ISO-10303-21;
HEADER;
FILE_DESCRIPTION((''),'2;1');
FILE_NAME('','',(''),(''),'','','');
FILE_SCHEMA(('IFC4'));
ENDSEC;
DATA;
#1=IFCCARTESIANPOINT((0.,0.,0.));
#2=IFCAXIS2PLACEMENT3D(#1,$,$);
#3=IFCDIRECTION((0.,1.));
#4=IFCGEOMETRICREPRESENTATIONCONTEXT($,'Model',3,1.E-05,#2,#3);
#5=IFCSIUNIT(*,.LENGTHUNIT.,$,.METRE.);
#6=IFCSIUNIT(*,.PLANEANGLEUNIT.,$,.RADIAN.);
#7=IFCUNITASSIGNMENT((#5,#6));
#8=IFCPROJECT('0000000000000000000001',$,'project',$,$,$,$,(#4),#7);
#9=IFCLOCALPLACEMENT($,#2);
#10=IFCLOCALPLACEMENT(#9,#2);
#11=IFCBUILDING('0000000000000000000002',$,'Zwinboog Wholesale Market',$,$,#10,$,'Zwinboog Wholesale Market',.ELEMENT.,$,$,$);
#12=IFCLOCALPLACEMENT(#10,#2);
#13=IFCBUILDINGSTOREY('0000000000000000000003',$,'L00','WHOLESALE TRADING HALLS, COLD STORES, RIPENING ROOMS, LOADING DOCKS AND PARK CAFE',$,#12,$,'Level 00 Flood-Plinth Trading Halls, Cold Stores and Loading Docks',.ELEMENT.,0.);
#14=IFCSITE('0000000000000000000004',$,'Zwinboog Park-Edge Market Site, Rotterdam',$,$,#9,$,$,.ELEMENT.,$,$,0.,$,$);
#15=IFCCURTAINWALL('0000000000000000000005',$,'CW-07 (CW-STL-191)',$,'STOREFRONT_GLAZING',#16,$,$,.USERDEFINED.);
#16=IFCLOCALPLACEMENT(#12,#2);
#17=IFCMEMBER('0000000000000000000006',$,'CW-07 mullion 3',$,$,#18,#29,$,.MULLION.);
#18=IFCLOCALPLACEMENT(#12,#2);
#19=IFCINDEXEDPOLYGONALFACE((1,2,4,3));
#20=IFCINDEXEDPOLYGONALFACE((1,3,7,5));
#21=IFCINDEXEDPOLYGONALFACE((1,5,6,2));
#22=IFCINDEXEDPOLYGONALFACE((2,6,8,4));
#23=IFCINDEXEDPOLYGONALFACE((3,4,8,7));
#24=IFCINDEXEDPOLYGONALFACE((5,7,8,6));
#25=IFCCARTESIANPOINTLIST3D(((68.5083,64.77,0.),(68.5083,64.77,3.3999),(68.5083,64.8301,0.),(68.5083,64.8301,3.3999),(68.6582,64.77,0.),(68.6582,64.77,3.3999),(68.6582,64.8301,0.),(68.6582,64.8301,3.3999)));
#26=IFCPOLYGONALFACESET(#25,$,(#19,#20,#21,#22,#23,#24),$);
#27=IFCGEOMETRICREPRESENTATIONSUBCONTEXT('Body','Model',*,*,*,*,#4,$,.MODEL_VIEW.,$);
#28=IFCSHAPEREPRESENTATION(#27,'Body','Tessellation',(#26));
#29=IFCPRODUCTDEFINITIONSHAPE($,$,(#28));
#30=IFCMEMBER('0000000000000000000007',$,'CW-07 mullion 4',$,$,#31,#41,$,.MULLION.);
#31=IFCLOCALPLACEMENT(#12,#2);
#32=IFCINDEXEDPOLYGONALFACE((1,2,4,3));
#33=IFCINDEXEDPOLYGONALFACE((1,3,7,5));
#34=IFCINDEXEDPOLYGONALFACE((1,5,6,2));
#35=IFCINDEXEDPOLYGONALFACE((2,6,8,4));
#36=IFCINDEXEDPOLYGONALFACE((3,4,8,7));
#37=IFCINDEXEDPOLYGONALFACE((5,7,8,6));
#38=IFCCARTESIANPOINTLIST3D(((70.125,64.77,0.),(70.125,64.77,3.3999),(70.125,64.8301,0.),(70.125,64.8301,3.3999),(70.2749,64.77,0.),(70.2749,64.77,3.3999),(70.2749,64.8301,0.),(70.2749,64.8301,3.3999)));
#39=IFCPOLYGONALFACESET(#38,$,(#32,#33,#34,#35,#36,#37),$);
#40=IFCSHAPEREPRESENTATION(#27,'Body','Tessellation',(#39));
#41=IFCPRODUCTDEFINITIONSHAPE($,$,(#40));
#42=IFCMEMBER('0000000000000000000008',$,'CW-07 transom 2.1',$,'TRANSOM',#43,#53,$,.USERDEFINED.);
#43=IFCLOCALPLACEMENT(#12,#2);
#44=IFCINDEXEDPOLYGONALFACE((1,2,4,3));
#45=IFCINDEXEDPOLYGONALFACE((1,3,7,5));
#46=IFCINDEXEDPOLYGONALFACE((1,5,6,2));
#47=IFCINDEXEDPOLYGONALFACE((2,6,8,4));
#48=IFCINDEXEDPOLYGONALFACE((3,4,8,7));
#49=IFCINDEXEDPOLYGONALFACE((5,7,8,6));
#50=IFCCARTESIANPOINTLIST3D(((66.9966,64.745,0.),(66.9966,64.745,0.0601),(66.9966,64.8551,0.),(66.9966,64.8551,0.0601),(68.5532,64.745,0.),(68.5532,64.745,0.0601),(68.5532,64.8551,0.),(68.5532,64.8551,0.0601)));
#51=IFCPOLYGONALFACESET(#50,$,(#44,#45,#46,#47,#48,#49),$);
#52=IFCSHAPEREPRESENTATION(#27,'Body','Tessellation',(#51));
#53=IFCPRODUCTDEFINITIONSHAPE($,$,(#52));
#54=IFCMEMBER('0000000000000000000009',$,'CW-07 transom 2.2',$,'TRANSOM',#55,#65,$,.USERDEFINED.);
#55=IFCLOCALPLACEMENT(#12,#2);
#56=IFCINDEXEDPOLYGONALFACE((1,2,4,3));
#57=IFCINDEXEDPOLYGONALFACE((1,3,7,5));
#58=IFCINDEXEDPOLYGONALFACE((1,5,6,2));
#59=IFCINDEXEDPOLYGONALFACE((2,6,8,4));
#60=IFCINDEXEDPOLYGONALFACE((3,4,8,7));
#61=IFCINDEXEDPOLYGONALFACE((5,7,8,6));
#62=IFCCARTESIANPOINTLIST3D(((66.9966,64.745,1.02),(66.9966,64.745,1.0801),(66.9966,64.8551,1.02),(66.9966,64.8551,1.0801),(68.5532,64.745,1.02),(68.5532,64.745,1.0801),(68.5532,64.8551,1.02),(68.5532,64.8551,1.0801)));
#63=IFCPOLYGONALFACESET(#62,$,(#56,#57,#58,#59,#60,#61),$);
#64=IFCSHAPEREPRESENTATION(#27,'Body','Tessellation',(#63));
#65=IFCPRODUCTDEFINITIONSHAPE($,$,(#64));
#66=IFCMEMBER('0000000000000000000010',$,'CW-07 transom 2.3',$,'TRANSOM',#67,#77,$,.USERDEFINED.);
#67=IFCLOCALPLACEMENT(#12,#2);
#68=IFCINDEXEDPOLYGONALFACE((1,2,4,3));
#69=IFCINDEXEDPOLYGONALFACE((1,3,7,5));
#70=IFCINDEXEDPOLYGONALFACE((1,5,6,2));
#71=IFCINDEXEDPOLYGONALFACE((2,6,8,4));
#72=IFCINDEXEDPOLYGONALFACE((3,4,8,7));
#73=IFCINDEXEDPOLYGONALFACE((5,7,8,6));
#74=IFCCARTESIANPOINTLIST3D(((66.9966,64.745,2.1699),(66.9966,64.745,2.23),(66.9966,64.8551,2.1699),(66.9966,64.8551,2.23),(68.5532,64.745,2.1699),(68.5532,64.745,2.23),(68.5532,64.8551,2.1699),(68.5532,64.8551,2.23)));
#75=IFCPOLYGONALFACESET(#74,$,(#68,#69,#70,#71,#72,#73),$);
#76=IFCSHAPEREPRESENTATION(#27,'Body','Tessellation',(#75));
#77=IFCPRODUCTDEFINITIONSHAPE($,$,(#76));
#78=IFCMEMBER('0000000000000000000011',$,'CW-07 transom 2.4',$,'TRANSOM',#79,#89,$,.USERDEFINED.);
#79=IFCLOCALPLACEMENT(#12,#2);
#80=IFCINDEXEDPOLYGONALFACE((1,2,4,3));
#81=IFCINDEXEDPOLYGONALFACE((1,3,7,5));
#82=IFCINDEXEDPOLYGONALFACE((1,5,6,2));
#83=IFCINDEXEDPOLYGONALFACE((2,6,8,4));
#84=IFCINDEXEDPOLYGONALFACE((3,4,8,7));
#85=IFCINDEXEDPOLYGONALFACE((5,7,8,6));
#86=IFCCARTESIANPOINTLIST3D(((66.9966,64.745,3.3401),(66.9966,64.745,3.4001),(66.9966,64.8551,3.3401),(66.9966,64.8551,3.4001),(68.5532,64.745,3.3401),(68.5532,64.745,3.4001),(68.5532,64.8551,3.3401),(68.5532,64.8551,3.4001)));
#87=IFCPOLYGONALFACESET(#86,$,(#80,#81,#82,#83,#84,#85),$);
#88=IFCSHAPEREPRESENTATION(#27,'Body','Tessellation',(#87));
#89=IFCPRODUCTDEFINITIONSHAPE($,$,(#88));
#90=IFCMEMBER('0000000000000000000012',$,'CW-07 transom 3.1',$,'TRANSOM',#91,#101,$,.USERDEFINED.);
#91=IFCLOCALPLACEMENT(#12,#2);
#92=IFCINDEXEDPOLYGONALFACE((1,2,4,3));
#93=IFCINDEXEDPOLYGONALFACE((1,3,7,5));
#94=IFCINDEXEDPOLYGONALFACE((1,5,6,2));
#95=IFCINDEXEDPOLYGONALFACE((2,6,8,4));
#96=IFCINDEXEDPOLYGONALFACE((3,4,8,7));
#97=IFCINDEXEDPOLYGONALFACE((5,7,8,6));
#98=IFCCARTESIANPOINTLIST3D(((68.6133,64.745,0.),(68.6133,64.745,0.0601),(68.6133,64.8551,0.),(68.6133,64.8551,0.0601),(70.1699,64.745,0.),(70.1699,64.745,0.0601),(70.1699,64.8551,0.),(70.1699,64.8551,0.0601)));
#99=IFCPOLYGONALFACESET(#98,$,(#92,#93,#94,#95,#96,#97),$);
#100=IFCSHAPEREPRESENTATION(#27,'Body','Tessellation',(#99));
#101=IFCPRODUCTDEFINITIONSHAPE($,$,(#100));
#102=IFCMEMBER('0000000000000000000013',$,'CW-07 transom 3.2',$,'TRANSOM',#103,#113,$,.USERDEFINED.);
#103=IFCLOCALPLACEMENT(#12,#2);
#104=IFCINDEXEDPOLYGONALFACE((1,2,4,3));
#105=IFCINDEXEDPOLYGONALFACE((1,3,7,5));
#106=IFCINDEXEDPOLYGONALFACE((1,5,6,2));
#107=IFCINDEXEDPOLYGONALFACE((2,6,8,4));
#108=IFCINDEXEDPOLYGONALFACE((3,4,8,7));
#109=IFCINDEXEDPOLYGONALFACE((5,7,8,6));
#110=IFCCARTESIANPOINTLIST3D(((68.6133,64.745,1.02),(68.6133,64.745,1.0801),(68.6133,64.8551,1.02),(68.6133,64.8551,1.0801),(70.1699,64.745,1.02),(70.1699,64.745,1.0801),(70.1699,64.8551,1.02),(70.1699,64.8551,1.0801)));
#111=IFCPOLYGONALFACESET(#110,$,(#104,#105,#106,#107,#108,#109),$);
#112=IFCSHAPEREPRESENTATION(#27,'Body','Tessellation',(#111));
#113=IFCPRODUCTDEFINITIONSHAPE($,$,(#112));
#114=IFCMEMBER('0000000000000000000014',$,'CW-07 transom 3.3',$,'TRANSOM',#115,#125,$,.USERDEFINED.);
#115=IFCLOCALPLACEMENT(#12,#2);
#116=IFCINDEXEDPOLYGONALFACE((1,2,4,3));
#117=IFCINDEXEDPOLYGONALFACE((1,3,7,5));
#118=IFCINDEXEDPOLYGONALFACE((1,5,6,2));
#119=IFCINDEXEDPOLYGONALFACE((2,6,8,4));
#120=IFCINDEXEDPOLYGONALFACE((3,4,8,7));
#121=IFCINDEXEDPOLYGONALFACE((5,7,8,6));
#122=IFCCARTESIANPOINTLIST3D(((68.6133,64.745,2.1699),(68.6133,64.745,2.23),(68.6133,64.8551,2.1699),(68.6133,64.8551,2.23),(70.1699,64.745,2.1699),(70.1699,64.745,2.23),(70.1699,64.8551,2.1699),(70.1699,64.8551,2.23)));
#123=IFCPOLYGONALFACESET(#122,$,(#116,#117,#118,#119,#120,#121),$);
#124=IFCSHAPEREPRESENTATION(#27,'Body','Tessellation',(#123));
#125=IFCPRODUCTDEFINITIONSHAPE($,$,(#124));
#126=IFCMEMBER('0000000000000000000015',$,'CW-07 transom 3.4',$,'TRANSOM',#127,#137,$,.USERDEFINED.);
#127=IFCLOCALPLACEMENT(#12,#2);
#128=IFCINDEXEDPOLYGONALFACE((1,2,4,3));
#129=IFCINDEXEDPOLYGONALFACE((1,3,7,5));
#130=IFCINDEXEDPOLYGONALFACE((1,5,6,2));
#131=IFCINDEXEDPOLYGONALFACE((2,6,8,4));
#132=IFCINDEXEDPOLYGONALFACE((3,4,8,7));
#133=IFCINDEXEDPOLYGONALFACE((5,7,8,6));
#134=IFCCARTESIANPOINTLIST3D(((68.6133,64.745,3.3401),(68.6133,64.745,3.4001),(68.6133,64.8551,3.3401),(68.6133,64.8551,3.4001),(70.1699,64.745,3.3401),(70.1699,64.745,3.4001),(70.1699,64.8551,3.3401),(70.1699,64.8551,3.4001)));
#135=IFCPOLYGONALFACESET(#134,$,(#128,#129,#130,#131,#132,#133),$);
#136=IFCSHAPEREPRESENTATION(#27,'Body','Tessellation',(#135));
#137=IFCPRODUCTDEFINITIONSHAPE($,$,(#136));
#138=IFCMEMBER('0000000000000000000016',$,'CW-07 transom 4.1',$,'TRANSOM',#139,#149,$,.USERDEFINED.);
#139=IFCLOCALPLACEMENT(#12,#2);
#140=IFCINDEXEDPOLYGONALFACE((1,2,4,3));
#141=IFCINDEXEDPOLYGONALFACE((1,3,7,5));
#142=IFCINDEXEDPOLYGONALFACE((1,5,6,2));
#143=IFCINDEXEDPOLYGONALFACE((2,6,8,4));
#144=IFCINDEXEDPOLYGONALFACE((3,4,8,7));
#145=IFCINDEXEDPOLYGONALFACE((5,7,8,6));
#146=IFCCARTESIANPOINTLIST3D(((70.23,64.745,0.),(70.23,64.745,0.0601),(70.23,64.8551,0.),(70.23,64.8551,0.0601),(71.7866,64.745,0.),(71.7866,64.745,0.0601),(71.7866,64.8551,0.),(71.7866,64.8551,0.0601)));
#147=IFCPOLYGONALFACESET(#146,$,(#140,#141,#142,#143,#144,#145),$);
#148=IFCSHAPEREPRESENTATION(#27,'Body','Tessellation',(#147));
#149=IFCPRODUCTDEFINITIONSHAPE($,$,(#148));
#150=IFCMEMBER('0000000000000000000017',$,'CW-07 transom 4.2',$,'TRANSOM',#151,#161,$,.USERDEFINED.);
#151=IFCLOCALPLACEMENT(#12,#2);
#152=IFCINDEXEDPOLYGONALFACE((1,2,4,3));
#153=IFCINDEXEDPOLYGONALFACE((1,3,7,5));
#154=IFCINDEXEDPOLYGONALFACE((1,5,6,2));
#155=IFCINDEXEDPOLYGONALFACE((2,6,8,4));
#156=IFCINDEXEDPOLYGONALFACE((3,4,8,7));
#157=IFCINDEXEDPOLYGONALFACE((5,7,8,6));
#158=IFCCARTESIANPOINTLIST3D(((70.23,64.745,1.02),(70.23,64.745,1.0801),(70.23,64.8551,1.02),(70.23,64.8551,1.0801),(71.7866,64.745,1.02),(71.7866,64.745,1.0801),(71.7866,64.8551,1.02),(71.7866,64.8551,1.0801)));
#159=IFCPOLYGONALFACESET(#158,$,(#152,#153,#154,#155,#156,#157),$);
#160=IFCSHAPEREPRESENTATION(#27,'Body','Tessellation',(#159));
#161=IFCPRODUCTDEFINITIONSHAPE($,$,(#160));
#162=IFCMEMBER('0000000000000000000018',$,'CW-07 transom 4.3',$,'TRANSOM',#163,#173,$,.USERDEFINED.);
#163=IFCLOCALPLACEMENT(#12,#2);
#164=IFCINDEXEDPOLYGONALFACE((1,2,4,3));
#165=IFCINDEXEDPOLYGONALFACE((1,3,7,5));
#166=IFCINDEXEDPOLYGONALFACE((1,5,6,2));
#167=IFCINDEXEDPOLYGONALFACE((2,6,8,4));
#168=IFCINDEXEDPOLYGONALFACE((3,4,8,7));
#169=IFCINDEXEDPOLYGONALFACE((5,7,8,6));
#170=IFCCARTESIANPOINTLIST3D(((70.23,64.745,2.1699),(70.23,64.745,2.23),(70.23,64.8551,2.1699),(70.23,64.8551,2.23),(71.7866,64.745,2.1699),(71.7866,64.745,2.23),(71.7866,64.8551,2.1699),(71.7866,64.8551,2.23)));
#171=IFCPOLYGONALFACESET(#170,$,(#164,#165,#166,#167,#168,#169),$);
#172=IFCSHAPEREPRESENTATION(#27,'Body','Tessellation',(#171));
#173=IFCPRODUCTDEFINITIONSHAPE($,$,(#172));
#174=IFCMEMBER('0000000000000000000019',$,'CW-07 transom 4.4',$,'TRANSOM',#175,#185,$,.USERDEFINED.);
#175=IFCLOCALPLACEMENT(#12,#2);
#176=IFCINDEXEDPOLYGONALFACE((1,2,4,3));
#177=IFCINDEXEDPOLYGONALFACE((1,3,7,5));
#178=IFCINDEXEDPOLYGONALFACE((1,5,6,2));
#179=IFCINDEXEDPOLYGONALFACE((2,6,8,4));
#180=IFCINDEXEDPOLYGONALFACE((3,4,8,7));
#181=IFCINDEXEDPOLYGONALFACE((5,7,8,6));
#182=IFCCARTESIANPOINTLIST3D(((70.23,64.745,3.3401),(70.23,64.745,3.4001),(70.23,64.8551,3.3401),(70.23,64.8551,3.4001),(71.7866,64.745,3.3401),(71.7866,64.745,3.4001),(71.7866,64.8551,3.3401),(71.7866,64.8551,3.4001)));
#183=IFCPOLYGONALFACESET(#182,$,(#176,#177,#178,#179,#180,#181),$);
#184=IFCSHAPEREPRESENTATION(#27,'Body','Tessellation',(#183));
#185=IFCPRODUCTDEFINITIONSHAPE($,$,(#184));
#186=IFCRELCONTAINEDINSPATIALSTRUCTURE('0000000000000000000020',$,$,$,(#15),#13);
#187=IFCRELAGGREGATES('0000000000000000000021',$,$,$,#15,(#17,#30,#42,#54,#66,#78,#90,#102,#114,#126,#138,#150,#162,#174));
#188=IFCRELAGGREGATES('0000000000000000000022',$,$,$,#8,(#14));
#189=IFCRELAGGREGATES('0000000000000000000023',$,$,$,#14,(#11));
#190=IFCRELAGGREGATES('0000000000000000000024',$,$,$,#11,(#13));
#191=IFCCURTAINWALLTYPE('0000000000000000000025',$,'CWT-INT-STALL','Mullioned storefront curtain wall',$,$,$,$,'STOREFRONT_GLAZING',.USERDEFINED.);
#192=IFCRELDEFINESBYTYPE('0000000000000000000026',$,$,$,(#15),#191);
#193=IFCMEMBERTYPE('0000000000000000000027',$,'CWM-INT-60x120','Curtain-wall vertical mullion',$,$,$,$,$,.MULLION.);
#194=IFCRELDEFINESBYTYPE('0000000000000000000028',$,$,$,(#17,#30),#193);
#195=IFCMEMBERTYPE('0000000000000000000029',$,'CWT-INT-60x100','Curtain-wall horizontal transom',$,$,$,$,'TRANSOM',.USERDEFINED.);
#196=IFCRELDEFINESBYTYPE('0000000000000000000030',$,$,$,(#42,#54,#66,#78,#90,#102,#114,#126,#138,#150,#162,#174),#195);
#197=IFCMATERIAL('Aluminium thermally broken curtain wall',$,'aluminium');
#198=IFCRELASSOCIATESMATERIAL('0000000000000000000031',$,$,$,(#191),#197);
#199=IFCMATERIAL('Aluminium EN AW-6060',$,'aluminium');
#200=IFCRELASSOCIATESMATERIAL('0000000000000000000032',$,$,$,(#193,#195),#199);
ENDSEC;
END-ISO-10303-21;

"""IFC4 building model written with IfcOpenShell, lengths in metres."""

from ifc_helpers import new_model, si_unit, direction, frame, origin, origin_2d, place, context, subcontext, project, spatial, rectangle, extrude, material, material_profile, profile_set, type_object, element, aggregate, save


model = new_model("IFC4")

# Units and contexts
model_context = context("Model", 3, precision=1e-05, world=origin(), true_north=direction((0.0, 1.0)))
body_context = subcontext(model_context, "Body", "Model", "MODEL_VIEW")
ifc_project = project(units=[si_unit("LENGTHUNIT", "METRE"), si_unit("PLANEANGLEUNIT", "RADIAN")], contexts=[model_context])

# Site, building, storey
site_placement = place(None, origin())
site = spatial("IfcSite", under=ifc_project, at=site_placement, Name="Zwinboog Park-Edge Market Site, Rotterdam", CompositionType="ELEMENT", RefElevation=0.0)
building_placement = place(site_placement, origin())
building = spatial("IfcBuilding", under=site, at=building_placement, Name="Zwinboog Wholesale Market", LongName="Zwinboog Wholesale Market", CompositionType="ELEMENT")
storey_placement = place(building_placement, origin())
storey = spatial("IfcBuildingStorey", under=building, at=storey_placement, Name="L00", Description="WHOLESALE TRADING HALLS, COLD STORES, RIPENING ROOMS, LOADING DOCKS AND PARK CAFE", LongName="Level 00 Flood-Plinth Trading Halls, Cold Stores and Loading Docks", CompositionType="ELEMENT", Elevation=0.0)

# Curtain wall, members
ifc_material_1 = material(Name="Aluminium thermally broken curtain wall", Category="aluminium")
curtain_wall_type = type_object("IfcCurtainWallType", Name="CWT-INT-STALL", Description="Mullioned storefront curtain wall", ElementType="STOREFRONT_GLAZING", PredefinedType="USERDEFINED", material=ifc_material_1)
curtain_wall_placement = place(storey_placement, origin())
curtain_wall = element("IfcCurtainWall", 1, at=curtain_wall_placement, inside=storey, type_object=curtain_wall_type, Name="CW-07 (CW-STL-191)", ObjectType="STOREFRONT_GLAZING", PredefinedType="USERDEFINED")
ifc_material_2 = material(Name="Aluminium EN AW-6060", Category="aluminium")
ifc_material_profile_1 = material_profile(ifc_material_2, rectangle(XDim=0.0601, YDim=0.1499, at=origin_2d()), Name="AL 60x150")
ifc_profile_set_1 = profile_set([ifc_material_profile_1], Name="Aluminium EN AW-6060")
member_type_1 = type_object("IfcMemberType", Name="CWM-INT-60x120", Description="Curtain-wall vertical mullion", PredefinedType="MULLION", material=ifc_profile_set_1)
member_1_placement = place(storey_placement, frame((68.5833, 64.8, 0.0), z_axis=(0.0, 0.0, 1.0), x_axis=(0.0, 1.0, 0.0)))
member_1 = element("IfcMember", 2, at=member_1_placement, type_object=member_type_1, Name="CW-07 mullion 3", PredefinedType="MULLION", context=body_context, shape_type="SweptSolid", body=[
    extrude(rectangle(XDim=0.0601, YDim=0.1499, at=origin_2d()), origin(), (0.0, 0.0, 1.0), 3.3999),
])
member_2_placement = place(storey_placement, frame((70.2, 64.8, 0.0), z_axis=(0.0, 0.0, 1.0), x_axis=(0.0, 1.0, 0.0)))
member_2 = element("IfcMember", 3, at=member_2_placement, type_object=member_type_1, Name="CW-07 mullion 4", PredefinedType="MULLION", context=body_context, shape_type="SweptSolid", body=[
    extrude(rectangle(XDim=0.0601, YDim=0.1499, at=origin_2d()), origin(), (0.0, 0.0, 1.0), 3.3999),
])
ifc_material_profile_2 = material_profile(ifc_material_2, rectangle(XDim=0.1101, YDim=0.0601, at=origin_2d()), Name="AL 60x110")
ifc_profile_set_2 = profile_set([ifc_material_profile_2], Name="Aluminium EN AW-6060")
member_type_2 = type_object("IfcMemberType", Name="CWT-INT-60x100", Description="Curtain-wall horizontal transom", ElementType="TRANSOM", PredefinedType="USERDEFINED", material=ifc_profile_set_2)
member_3_placement = place(storey_placement, frame((66.9966, 64.8, 0.03), z_axis=(1.0, 0.0, 0.0), x_axis=(0.0, 1.0, 0.0)))
member_3 = element("IfcMember", 4, at=member_3_placement, type_object=member_type_2, Name="CW-07 transom 2.1", ObjectType="TRANSOM", PredefinedType="USERDEFINED", context=body_context, shape_type="SweptSolid", body=[
    extrude(rectangle(XDim=0.1101, YDim=0.0601, at=origin_2d()), origin(), (0.0, 0.0, 1.0), 1.5566),
])
member_4_placement = place(storey_placement, frame((66.9966, 64.8, 1.05), z_axis=(1.0, 0.0, 0.0), x_axis=(0.0, 1.0, 0.0)))
member_4 = element("IfcMember", 5, at=member_4_placement, type_object=member_type_2, Name="CW-07 transom 2.2", ObjectType="TRANSOM", PredefinedType="USERDEFINED", context=body_context, shape_type="SweptSolid", body=[
    extrude(rectangle(XDim=0.1101, YDim=0.0601, at=origin_2d()), origin(), (0.0, 0.0, 1.0), 1.5566),
])
member_5_placement = place(storey_placement, frame((66.9966, 64.8, 2.2), z_axis=(1.0, 0.0, 0.0), x_axis=(0.0, 1.0, 0.0)))
member_5 = element("IfcMember", 6, at=member_5_placement, type_object=member_type_2, Name="CW-07 transom 2.3", ObjectType="TRANSOM", PredefinedType="USERDEFINED", context=body_context, shape_type="SweptSolid", body=[
    extrude(rectangle(XDim=0.1101, YDim=0.0601, at=origin_2d()), origin(), (0.0, 0.0, 1.0), 1.5566),
])
member_6_placement = place(storey_placement, frame((66.9966, 64.8, 3.3701), z_axis=(1.0, 0.0, 0.0), x_axis=(0.0, 1.0, 0.0)))
member_6 = element("IfcMember", 7, at=member_6_placement, type_object=member_type_2, Name="CW-07 transom 2.4", ObjectType="TRANSOM", PredefinedType="USERDEFINED", context=body_context, shape_type="SweptSolid", body=[
    extrude(rectangle(XDim=0.1101, YDim=0.0601, at=origin_2d()), origin(), (0.0, 0.0, 1.0), 1.5566),
])
member_7_placement = place(storey_placement, frame((68.6133, 64.8, 0.03), z_axis=(1.0, 0.0, 0.0), x_axis=(0.0, 1.0, 0.0)))
member_7 = element("IfcMember", 8, at=member_7_placement, type_object=member_type_2, Name="CW-07 transom 3.1", ObjectType="TRANSOM", PredefinedType="USERDEFINED", context=body_context, shape_type="SweptSolid", body=[
    extrude(rectangle(XDim=0.1101, YDim=0.0601, at=origin_2d()), origin(), (0.0, 0.0, 1.0), 1.5566),
])
member_8_placement = place(storey_placement, frame((68.6133, 64.8, 1.05), z_axis=(1.0, 0.0, 0.0), x_axis=(0.0, 1.0, 0.0)))
member_8 = element("IfcMember", 9, at=member_8_placement, type_object=member_type_2, Name="CW-07 transom 3.2", ObjectType="TRANSOM", PredefinedType="USERDEFINED", context=body_context, shape_type="SweptSolid", body=[
    extrude(rectangle(XDim=0.1101, YDim=0.0601, at=origin_2d()), origin(), (0.0, 0.0, 1.0), 1.5566),
])
member_9_placement = place(storey_placement, frame((68.6133, 64.8, 2.2), z_axis=(1.0, 0.0, 0.0), x_axis=(0.0, 1.0, 0.0)))
member_9 = element("IfcMember", 10, at=member_9_placement, type_object=member_type_2, Name="CW-07 transom 3.3", ObjectType="TRANSOM", PredefinedType="USERDEFINED", context=body_context, shape_type="SweptSolid", body=[
    extrude(rectangle(XDim=0.1101, YDim=0.0601, at=origin_2d()), origin(), (0.0, 0.0, 1.0), 1.5566),
])
member_10_placement = place(storey_placement, frame((68.6133, 64.8, 3.3701), z_axis=(1.0, 0.0, 0.0), x_axis=(0.0, 1.0, 0.0)))
member_10 = element("IfcMember", 11, at=member_10_placement, type_object=member_type_2, Name="CW-07 transom 3.4", ObjectType="TRANSOM", PredefinedType="USERDEFINED", context=body_context, shape_type="SweptSolid", body=[
    extrude(rectangle(XDim=0.1101, YDim=0.0601, at=origin_2d()), origin(), (0.0, 0.0, 1.0), 1.5566),
])
member_11_placement = place(storey_placement, frame((70.23, 64.8, 0.03), z_axis=(1.0, 0.0, 0.0), x_axis=(0.0, 1.0, 0.0)))
member_11 = element("IfcMember", 12, at=member_11_placement, type_object=member_type_2, Name="CW-07 transom 4.1", ObjectType="TRANSOM", PredefinedType="USERDEFINED", context=body_context, shape_type="SweptSolid", body=[
    extrude(rectangle(XDim=0.1101, YDim=0.0601, at=origin_2d()), origin(), (0.0, 0.0, 1.0), 1.5566),
])
member_12_placement = place(storey_placement, frame((70.23, 64.8, 1.05), z_axis=(1.0, 0.0, 0.0), x_axis=(0.0, 1.0, 0.0)))
member_12 = element("IfcMember", 13, at=member_12_placement, type_object=member_type_2, Name="CW-07 transom 4.2", ObjectType="TRANSOM", PredefinedType="USERDEFINED", context=body_context, shape_type="SweptSolid", body=[
    extrude(rectangle(XDim=0.1101, YDim=0.0601, at=origin_2d()), origin(), (0.0, 0.0, 1.0), 1.5566),
])
member_13_placement = place(storey_placement, frame((70.23, 64.8, 2.2), z_axis=(1.0, 0.0, 0.0), x_axis=(0.0, 1.0, 0.0)))
member_13 = element("IfcMember", 14, at=member_13_placement, type_object=member_type_2, Name="CW-07 transom 4.3", ObjectType="TRANSOM", PredefinedType="USERDEFINED", context=body_context, shape_type="SweptSolid", body=[
    extrude(rectangle(XDim=0.1101, YDim=0.0601, at=origin_2d()), origin(), (0.0, 0.0, 1.0), 1.5566),
])
member_14_placement = place(storey_placement, frame((70.23, 64.8, 3.3701), z_axis=(1.0, 0.0, 0.0), x_axis=(0.0, 1.0, 0.0)))
member_14 = element("IfcMember", 15, at=member_14_placement, type_object=member_type_2, Name="CW-07 transom 4.4", ObjectType="TRANSOM", PredefinedType="USERDEFINED", context=body_context, shape_type="SweptSolid", body=[
    extrude(rectangle(XDim=0.1101, YDim=0.0601, at=origin_2d()), origin(), (0.0, 0.0, 1.0), 1.5566),
])
aggregate(curtain_wall, [member_1, member_2, member_3, member_4, member_5, member_6, member_7, member_8, member_9, member_10, member_11, member_12, member_13, member_14])

save(model, "model.ifc")
